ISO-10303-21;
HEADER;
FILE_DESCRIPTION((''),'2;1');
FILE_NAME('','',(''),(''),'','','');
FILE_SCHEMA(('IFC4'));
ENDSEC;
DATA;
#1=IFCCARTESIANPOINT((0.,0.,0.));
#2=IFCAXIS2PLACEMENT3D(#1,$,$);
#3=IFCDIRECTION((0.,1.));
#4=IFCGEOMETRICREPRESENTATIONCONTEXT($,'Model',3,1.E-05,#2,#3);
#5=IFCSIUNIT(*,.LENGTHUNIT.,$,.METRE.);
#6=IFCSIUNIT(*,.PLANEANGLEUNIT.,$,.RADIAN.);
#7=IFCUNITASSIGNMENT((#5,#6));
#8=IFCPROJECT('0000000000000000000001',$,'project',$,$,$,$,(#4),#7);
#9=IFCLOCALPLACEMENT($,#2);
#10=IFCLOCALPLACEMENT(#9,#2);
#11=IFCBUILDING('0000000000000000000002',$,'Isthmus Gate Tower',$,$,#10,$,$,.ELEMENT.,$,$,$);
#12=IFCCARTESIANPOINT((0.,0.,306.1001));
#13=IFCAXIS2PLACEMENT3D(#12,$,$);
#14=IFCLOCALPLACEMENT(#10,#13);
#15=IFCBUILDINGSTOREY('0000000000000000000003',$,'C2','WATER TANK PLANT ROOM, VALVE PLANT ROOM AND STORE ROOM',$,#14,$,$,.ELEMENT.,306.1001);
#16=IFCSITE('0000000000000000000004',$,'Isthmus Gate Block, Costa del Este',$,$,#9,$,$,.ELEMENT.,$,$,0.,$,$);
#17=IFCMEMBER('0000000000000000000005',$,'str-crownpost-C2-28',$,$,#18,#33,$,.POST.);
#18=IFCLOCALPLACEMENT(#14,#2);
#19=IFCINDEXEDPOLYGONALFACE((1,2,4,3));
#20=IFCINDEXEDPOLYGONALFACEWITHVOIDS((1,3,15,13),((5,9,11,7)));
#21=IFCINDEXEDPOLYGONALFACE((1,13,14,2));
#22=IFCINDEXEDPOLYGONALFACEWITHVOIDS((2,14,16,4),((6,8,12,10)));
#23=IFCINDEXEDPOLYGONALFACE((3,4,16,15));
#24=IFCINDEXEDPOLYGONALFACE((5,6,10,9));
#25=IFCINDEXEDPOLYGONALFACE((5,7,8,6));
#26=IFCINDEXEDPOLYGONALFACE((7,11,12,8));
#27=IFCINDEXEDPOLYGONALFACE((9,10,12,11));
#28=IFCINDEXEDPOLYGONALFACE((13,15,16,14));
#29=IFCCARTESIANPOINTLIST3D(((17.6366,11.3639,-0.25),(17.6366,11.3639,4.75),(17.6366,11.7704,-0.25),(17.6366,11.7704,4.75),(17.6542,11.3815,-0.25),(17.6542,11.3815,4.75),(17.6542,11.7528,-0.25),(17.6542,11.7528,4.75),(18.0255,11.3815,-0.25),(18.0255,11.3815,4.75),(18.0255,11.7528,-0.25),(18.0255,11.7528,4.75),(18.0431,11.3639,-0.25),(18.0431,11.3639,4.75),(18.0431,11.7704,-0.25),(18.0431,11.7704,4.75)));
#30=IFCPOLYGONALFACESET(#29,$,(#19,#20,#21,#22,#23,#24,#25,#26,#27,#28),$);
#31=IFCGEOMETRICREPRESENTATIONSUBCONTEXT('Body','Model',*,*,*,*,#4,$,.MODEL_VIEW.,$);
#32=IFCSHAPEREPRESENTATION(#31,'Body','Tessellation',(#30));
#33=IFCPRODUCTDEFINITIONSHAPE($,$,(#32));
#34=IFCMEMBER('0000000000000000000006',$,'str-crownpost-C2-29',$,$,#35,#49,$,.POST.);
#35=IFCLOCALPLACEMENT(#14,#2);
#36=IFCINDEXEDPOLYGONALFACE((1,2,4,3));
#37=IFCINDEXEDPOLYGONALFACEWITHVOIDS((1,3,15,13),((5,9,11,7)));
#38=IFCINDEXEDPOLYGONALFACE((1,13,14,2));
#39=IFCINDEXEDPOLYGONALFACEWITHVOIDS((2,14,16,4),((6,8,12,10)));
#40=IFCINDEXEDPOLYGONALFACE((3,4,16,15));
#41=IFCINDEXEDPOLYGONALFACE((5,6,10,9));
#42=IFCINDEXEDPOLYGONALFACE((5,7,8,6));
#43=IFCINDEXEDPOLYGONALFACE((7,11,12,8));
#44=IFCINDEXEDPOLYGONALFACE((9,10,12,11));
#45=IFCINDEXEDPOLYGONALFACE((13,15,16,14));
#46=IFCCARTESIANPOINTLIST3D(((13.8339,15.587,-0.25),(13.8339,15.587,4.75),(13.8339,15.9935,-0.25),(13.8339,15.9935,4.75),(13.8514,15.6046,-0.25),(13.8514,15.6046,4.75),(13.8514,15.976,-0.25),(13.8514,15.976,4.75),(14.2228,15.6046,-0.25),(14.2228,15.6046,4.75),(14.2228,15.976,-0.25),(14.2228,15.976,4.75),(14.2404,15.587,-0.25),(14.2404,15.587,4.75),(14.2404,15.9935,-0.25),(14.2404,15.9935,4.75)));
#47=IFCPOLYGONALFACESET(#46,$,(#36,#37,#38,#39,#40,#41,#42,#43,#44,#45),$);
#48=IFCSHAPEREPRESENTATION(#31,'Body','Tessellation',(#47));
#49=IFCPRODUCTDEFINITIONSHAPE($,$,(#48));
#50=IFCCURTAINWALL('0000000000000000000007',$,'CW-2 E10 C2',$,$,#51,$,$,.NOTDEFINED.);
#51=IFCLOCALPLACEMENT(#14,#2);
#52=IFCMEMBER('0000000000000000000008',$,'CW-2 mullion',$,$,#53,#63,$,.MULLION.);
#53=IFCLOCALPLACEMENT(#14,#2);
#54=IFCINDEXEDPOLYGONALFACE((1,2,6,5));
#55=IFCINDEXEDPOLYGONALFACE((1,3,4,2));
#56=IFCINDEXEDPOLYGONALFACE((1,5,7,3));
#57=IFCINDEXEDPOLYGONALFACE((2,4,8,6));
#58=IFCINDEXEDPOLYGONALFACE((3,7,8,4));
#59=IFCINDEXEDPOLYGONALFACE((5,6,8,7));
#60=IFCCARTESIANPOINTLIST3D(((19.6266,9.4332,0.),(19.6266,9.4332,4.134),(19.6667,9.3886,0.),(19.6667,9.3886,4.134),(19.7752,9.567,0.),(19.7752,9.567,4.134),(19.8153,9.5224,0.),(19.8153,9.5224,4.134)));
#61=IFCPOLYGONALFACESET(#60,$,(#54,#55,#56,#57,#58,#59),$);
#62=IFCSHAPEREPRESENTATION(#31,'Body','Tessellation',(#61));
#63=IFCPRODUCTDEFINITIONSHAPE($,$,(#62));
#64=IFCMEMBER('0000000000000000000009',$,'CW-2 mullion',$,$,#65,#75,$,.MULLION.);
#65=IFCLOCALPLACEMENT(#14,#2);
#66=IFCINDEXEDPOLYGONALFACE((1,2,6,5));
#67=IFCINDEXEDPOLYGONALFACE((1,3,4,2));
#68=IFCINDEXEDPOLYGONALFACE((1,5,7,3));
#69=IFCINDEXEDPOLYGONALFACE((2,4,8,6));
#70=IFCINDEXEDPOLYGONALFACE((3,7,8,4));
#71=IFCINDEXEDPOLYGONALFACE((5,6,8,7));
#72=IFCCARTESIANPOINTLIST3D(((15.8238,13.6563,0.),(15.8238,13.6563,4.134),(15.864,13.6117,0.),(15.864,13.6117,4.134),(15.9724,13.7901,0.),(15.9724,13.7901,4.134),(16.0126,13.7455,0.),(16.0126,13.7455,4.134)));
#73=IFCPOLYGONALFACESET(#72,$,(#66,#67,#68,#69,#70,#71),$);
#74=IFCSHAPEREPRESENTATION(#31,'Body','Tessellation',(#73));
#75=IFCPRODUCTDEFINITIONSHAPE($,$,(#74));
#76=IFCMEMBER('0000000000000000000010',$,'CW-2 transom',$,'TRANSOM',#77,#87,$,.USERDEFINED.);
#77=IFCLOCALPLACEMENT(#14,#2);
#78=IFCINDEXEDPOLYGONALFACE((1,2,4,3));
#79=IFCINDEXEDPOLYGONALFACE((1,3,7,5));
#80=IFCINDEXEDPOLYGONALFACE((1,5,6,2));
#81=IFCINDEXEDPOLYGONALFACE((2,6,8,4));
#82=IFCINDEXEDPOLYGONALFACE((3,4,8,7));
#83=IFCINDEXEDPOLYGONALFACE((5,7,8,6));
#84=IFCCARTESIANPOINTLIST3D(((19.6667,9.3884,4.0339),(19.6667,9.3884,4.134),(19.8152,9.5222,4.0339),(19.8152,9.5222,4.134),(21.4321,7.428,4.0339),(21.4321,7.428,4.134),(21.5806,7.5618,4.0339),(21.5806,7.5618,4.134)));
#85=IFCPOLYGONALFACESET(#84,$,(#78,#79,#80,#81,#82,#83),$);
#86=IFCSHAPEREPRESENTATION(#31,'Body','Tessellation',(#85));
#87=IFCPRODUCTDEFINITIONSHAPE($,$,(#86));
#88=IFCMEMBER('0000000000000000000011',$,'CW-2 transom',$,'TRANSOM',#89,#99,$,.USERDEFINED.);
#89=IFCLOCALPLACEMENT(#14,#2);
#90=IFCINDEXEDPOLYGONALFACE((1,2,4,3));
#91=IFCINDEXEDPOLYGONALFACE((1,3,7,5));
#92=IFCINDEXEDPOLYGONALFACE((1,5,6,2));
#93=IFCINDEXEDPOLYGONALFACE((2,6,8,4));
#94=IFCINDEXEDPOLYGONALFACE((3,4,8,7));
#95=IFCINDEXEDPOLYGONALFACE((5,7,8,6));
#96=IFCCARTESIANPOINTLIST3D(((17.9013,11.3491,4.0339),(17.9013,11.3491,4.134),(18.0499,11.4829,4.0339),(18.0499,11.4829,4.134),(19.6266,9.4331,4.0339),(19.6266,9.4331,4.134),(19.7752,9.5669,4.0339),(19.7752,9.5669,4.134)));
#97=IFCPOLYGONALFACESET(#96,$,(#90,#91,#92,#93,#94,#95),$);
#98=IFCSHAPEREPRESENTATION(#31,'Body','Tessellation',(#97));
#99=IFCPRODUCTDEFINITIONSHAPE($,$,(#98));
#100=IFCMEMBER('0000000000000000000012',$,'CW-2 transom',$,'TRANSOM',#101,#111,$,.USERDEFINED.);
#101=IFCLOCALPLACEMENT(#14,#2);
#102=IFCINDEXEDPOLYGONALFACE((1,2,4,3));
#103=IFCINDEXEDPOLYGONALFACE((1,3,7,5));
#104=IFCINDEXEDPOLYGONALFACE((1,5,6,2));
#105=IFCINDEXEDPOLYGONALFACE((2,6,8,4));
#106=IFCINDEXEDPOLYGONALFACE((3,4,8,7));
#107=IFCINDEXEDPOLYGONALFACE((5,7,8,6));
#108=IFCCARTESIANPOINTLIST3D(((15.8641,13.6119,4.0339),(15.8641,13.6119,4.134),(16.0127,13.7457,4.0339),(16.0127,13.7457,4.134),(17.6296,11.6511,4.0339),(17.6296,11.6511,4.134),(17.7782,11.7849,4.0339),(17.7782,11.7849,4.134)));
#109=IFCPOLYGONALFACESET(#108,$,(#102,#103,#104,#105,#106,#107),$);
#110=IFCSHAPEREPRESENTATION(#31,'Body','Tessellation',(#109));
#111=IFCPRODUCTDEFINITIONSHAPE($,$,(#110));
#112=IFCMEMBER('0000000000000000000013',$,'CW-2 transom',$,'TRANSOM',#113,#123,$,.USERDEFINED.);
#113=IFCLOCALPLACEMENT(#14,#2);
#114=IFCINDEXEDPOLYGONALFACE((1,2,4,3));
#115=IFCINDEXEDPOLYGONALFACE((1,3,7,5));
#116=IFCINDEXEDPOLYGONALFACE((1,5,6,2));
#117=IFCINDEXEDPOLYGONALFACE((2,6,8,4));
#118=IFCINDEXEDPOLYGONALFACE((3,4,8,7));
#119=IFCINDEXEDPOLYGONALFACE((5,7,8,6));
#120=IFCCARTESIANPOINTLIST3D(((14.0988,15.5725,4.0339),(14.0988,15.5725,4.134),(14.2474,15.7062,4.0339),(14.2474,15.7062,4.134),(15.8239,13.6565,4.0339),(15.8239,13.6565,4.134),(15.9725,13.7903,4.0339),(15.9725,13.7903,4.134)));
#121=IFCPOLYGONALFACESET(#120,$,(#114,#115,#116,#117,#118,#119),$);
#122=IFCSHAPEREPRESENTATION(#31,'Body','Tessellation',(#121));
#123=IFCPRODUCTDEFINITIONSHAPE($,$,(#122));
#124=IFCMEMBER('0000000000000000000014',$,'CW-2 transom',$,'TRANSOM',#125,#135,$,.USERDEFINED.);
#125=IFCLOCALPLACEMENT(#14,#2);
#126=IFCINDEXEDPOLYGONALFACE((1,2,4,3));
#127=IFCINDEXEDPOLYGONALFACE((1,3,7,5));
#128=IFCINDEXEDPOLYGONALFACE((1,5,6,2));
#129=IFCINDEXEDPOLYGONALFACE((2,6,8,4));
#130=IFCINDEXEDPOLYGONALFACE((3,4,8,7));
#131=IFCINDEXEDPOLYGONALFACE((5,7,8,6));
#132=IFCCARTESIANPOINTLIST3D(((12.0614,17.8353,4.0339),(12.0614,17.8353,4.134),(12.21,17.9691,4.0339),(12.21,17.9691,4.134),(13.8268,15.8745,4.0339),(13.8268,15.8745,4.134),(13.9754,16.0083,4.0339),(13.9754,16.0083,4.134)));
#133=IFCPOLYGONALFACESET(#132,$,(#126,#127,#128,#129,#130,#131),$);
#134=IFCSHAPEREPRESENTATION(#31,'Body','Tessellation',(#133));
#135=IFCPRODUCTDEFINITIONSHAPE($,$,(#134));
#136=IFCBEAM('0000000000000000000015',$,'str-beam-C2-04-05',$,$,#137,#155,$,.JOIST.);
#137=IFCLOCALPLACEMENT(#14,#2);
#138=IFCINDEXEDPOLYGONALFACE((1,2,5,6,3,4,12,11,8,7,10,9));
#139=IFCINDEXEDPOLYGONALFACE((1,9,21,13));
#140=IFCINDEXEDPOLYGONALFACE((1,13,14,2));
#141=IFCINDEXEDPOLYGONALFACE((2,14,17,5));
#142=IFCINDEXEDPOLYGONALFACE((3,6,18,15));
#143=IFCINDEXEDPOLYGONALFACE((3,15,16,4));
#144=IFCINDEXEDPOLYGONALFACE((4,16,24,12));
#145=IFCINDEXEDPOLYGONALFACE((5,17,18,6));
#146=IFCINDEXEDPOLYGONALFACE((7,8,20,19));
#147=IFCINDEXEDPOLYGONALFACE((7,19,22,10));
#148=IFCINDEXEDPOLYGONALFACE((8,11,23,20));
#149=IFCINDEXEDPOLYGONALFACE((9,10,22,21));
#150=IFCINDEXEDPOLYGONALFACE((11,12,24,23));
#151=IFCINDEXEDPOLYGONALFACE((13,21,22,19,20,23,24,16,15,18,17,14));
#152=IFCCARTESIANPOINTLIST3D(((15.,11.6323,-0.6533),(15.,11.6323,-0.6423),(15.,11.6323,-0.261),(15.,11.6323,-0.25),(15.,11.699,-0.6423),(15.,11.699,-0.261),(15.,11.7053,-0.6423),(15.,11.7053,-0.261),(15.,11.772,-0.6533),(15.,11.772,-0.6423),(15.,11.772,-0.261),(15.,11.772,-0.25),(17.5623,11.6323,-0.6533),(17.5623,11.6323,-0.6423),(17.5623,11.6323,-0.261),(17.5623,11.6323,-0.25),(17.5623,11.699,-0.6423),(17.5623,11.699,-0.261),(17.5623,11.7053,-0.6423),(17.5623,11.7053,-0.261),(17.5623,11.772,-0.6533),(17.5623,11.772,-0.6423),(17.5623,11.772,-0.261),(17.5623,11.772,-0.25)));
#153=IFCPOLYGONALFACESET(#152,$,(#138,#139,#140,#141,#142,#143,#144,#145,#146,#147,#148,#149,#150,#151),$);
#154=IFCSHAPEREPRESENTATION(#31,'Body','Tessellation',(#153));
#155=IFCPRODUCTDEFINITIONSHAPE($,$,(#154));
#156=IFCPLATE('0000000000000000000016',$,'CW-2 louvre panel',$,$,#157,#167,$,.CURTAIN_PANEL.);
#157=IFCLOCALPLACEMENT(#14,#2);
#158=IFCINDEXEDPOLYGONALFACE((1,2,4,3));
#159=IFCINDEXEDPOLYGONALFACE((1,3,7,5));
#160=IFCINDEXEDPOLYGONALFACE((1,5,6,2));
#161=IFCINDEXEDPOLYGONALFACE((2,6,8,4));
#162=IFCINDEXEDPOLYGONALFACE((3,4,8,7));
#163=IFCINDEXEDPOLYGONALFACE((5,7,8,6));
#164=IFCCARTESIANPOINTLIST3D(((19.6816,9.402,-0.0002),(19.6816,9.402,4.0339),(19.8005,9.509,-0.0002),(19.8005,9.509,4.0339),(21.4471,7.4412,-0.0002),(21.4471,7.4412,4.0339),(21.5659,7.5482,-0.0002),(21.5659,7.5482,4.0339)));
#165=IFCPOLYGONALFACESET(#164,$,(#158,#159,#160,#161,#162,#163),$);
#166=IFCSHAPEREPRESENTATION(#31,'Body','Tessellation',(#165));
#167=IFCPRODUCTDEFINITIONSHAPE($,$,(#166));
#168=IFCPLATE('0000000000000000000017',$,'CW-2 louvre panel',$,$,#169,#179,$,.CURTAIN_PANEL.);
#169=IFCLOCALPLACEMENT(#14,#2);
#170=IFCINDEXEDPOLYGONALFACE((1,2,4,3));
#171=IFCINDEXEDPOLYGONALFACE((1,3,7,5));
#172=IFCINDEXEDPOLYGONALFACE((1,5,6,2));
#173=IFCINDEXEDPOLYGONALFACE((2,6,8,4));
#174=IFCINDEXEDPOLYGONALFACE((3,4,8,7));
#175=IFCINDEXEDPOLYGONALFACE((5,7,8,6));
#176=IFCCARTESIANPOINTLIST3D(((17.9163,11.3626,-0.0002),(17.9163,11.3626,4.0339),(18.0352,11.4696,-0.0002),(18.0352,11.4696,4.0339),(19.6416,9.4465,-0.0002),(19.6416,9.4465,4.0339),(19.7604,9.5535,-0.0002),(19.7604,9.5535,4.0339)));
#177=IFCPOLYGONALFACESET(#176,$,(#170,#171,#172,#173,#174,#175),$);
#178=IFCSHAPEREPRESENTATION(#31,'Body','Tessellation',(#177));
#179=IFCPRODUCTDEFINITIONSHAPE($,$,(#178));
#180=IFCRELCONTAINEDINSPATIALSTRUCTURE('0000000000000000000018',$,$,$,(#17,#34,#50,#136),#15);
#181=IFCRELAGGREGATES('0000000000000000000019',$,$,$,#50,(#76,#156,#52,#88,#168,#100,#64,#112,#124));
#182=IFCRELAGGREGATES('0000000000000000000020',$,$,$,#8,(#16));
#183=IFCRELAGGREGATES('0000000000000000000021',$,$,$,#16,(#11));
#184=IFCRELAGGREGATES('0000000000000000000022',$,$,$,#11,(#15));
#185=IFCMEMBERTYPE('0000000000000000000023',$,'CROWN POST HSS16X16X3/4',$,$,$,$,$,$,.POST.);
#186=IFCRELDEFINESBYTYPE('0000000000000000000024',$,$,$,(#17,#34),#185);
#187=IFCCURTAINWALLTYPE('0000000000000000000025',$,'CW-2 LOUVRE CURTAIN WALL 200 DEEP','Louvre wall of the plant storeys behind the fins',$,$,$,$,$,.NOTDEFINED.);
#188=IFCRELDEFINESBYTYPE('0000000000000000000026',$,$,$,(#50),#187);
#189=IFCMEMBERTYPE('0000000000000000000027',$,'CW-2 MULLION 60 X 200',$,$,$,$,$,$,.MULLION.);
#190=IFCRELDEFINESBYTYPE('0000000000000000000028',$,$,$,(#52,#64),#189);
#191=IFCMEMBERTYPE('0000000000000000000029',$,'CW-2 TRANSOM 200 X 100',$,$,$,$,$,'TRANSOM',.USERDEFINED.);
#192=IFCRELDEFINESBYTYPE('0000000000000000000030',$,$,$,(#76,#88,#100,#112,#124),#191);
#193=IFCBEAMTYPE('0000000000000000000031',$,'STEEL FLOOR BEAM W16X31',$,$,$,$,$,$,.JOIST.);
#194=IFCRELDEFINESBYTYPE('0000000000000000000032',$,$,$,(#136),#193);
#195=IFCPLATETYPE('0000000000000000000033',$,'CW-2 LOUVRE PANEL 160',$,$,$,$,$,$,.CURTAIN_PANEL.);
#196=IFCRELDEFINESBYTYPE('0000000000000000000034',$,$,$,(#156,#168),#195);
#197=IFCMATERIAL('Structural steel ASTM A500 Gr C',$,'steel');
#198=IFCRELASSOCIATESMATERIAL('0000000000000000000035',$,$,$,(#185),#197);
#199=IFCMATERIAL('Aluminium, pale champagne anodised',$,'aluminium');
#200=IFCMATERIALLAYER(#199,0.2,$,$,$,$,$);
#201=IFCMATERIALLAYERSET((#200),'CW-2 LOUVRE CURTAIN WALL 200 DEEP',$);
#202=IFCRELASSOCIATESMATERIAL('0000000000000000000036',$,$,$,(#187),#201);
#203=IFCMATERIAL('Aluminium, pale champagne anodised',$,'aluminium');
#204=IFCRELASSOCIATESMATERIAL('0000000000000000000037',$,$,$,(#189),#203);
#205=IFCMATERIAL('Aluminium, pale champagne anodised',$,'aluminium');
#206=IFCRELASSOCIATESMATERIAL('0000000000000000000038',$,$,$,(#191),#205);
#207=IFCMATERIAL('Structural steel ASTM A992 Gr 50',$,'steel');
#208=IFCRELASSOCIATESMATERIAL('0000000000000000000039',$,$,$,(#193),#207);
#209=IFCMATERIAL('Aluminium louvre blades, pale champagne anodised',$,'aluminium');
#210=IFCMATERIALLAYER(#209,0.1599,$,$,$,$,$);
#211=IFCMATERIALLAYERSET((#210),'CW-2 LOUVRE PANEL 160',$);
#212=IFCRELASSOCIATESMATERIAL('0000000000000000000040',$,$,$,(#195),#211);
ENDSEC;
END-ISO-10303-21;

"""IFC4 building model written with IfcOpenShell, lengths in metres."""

from ifc_helpers import new_model, si_unit, direction, frame, origin, origin_2d, place, context, subcontext, project, spatial, rectangle, hollow_rectangle, i_section, extrude, material, layer, layer_set, material_profile, profile_set, type_object, element, aggregate, save


model = new_model("IFC4")

# Units and contexts
model_context = context("Model", 3, precision=1e-05, world=origin(), true_north=direction((0.0, 1.0)))
body_context = subcontext(model_context, "Body", "Model", "MODEL_VIEW")
ifc_project = project(units=[si_unit("LENGTHUNIT", "METRE"), si_unit("PLANEANGLEUNIT", "RADIAN")], contexts=[model_context])

# Site, building, storey
site_placement = place(None, origin())
site = spatial("IfcSite", under=ifc_project, at=site_placement, Name="Isthmus Gate Block, Costa del Este", CompositionType="ELEMENT", RefElevation=0.0)
building_placement = place(site_placement, origin())
building = spatial("IfcBuilding", under=site, at=building_placement, Name="Isthmus Gate Tower", CompositionType="ELEMENT")
storey_placement = place(building_placement, frame((0.0, 0.0, 306.1001)))
storey = spatial("IfcBuildingStorey", under=building, at=storey_placement, Name="C2", Description="WATER TANK PLANT ROOM, VALVE PLANT ROOM AND STORE ROOM", CompositionType="ELEMENT", Elevation=306.1001)

# Members
ifc_material_1 = material(Name="Structural steel ASTM A500 Gr C", Category="steel")
ifc_material_profile_1 = material_profile(ifc_material_1, hollow_rectangle(XDim=0.4065, YDim=0.4065, WallThickness=0.0176, at=origin_2d()), Name="HSS16X16X3/4")
ifc_profile_set_1 = profile_set([ifc_material_profile_1], Name="Structural steel ASTM A500 Gr C")
member_type_1 = type_object("IfcMemberType", Name="CROWN POST HSS16X16X3/4", PredefinedType="POST", material=ifc_profile_set_1)
for number, where, z_axis, x_axis, name in (
    (1, (17.8398, 11.5671, -0.25), (0.0, 0.0, 1.0), (1.0, 0.0, 0.0), "str-crownpost-C2-28"),
    (2, (14.0371, 15.7903, -0.25), (0.0, 0.0, 1.0), (1.0, 0.0, 0.0), "str-crownpost-C2-29"),
):
    element("IfcMember", number, at=place(storey_placement, frame(where, z_axis=z_axis, x_axis=x_axis)), inside=storey, type_object=member_type_1, Name=name, PredefinedType="POST", context=body_context, shape_type="SweptSolid", body=[
        extrude(hollow_rectangle(XDim=0.4065, YDim=0.4065, WallThickness=0.0176, at=origin_2d()), origin(), (0.0, 0.0, 1.0), 5.0),
    ])

# Curtain wall, members
ifc_material_2 = material(Name="Aluminium, pale champagne anodised", Category="aluminium")
ifc_layer_1 = layer(ifc_material_2, 0.2)
ifc_layer_set_1 = layer_set([ifc_layer_1], Name="CW-2 LOUVRE CURTAIN WALL 200 DEEP")
curtain_wall_type = type_object("IfcCurtainWallType", Name="CW-2 LOUVRE CURTAIN WALL 200 DEEP", Description="Louvre wall of the plant storeys behind the fins", PredefinedType="NOTDEFINED", material=ifc_layer_set_1)
curtain_wall_placement = place(storey_placement, origin())
curtain_wall = element("IfcCurtainWall", 3, at=curtain_wall_placement, inside=storey, type_object=curtain_wall_type, Name="CW-2 E10 C2", PredefinedType="NOTDEFINED")
ifc_material_3 = material(Name="Aluminium, pale champagne anodised", Category="aluminium")
ifc_material_profile_2 = material_profile(ifc_material_3, rectangle(XDim=0.0601, YDim=0.2, at=origin_2d()), Name="60x200")
ifc_profile_set_2 = profile_set([ifc_material_profile_2], Name="Aluminium, pale champagne anodised")
member_type_2 = type_object("IfcMemberType", Name="CW-2 MULLION 60 X 200", PredefinedType="MULLION", material=ifc_profile_set_2)
member_1_placement = place(storey_placement, frame((19.7209, 9.4778, 0.0), z_axis=(0.0, 0.0, 1.0), x_axis=(-0.669131, 0.743145, 0.0)))
member_1 = element("IfcMember", 4, at=member_1_placement, type_object=member_type_2, Name="CW-2 mullion", PredefinedType="MULLION", context=body_context, shape_type="SweptSolid", body=[
    extrude(rectangle(XDim=0.0601, YDim=0.2, at=origin_2d()), origin(), (0.0, 0.0, 1.0), 4.134),
])
member_2_placement = place(storey_placement, frame((15.9182, 13.7009, 0.0), z_axis=(0.0, 0.0, 1.0), x_axis=(-0.669131, 0.743145, 0.0)))
member_2 = element("IfcMember", 5, at=member_2_placement, type_object=member_type_2, Name="CW-2 mullion", PredefinedType="MULLION", context=body_context, shape_type="SweptSolid", body=[
    extrude(rectangle(XDim=0.0601, YDim=0.2, at=origin_2d()), origin(), (0.0, 0.0, 1.0), 4.134),
])
ifc_material_4 = material(Name="Aluminium, pale champagne anodised", Category="aluminium")
ifc_material_profile_3 = material_profile(ifc_material_4, rectangle(XDim=0.2, YDim=0.1001, at=origin_2d()), Name="200x100")
ifc_profile_set_3 = profile_set([ifc_material_profile_3], Name="Aluminium, pale champagne anodised")
member_type_3 = type_object("IfcMemberType", Name="CW-2 TRANSOM 200 X 100", ElementType="TRANSOM", PredefinedType="USERDEFINED", material=ifc_profile_set_3)
member_3_placement = place(storey_placement, frame((21.5063, 7.4949, 4.084), z_axis=(-0.669169, 0.74311, 0.0), x_axis=(-0.74311, -0.669169, 0.0)))
member_3 = element("IfcMember", 6, at=member_3_placement, type_object=member_type_3, Name="CW-2 transom", ObjectType="TRANSOM", PredefinedType="USERDEFINED", context=body_context, shape_type="SweptSolid", body=[
    extrude(rectangle(XDim=0.2, YDim=0.1001, at=origin_2d()), origin(), (0.0, 0.0, 1.0), 2.6382),
])
member_4_placement = place(storey_placement, frame((19.7009, 9.5, 4.084), z_axis=(-0.669164, 0.743115, 0.0), x_axis=(-0.743115, -0.669164, 0.0)))
member_4 = element("IfcMember", 7, at=member_4_placement, type_object=member_type_3, Name="CW-2 transom", ObjectType="TRANSOM", PredefinedType="USERDEFINED", context=body_context, shape_type="SweptSolid", body=[
    extrude(rectangle(XDim=0.2, YDim=0.1001, at=origin_2d()), origin(), (0.0, 0.0, 1.0), 2.5784),
])
member_5_placement = place(storey_placement, frame((17.7039, 11.718, 4.084), z_axis=(-0.669123, 0.743151, 0.0), x_axis=(-0.743151, -0.669123, 0.0)))
member_5 = element("IfcMember", 8, at=member_5_placement, type_object=member_type_3, Name="CW-2 transom", ObjectType="TRANSOM", PredefinedType="USERDEFINED", context=body_context, shape_type="SweptSolid", body=[
    extrude(rectangle(XDim=0.2, YDim=0.1001, at=origin_2d()), origin(), (0.0, 0.0, 1.0), 2.6384),
])
member_6_placement = place(storey_placement, frame((15.8982, 13.7234, 4.084), z_axis=(-0.669111, 0.743162, 0.0), x_axis=(-0.743162, -0.669111, 0.0)))
member_6 = element("IfcMember", 9, at=member_6_placement, type_object=member_type_3, Name="CW-2 transom", ObjectType="TRANSOM", PredefinedType="USERDEFINED", context=body_context, shape_type="SweptSolid", body=[
    extrude(rectangle(XDim=0.2, YDim=0.1001, at=origin_2d()), origin(), (0.0, 0.0, 1.0), 2.5781),
])
member_7_placement = place(storey_placement, frame((13.9011, 15.9414, 4.084), z_axis=(-0.669123, 0.743151, 0.0), x_axis=(-0.743151, -0.669123, 0.0)))
member_7 = element("IfcMember", 10, at=member_7_placement, type_object=member_type_3, Name="CW-2 transom", ObjectType="TRANSOM", PredefinedType="USERDEFINED", context=body_context, shape_type="SweptSolid", body=[
    extrude(rectangle(XDim=0.2, YDim=0.1001, at=origin_2d()), origin(), (0.0, 0.0, 1.0), 2.6384),
])

# Beam
ifc_material_5 = material(Name="Structural steel ASTM A992 Gr 50", Category="steel")
ifc_material_profile_4 = material_profile(ifc_material_5, i_section(OverallWidth=0.1396, OverallDepth=0.4033, WebThickness=0.0063, FlangeThickness=0.011, at=origin_2d()), Name="W16X31")
ifc_profile_set_4 = profile_set([ifc_material_profile_4], Name="Structural steel ASTM A992 Gr 50")
beam_type = type_object("IfcBeamType", Name="STEEL FLOOR BEAM W16X31", PredefinedType="JOIST", material=ifc_profile_set_4)
beam_placement = place(storey_placement, frame((15.0, 11.7021, -0.4517), z_axis=(1.0, 0.0, 0.0), x_axis=(0.0, 1.0, 0.0)))
element("IfcBeam", 11, at=beam_placement, inside=storey, type_object=beam_type, Name="str-beam-C2-04-05", PredefinedType="JOIST", context=body_context, shape_type="SweptSolid", body=[
    extrude(i_section(OverallWidth=0.1396, OverallDepth=0.4033, WebThickness=0.0063, FlangeThickness=0.011, at=origin_2d()), origin(), (0.0, 0.0, 1.0), 2.5623),
])

# Plates
ifc_material_6 = material(Name="Aluminium louvre blades, pale champagne anodised", Category="aluminium")
ifc_layer_2 = layer(ifc_material_6, 0.1599)
ifc_layer_set_2 = layer_set([ifc_layer_2], Name="CW-2 LOUVRE PANEL 160")
plate_type = type_object("IfcPlateType", Name="CW-2 LOUVRE PANEL 160", PredefinedType="CURTAIN_PANEL", material=ifc_layer_set_2)
plate_1_placement = place(storey_placement, frame((20.6238, 8.4751, -0.0002), z_axis=(0.0, 0.0, 1.0), x_axis=(-0.669131, 0.743145, 0.0)))
plate_1 = element("IfcPlate", 12, at=plate_1_placement, type_object=plate_type, Name="CW-2 louvre panel", PredefinedType="CURTAIN_PANEL", context=body_context, shape_type="SweptSolid", body=[
    extrude(rectangle(XDim=2.6384, YDim=0.1599, at=origin_2d()), origin(), (0.0, 0.0, 1.0), 4.0342),
])
plate_2_placement = place(storey_placement, frame((18.8384, 10.458, -0.0002), z_axis=(0.0, 0.0, 1.0), x_axis=(-0.669131, 0.743145, 0.0)))
plate_2 = element("IfcPlate", 13, at=plate_2_placement, type_object=plate_type, Name="CW-2 louvre panel", PredefinedType="CURTAIN_PANEL", context=body_context, shape_type="SweptSolid", body=[
    extrude(rectangle(XDim=2.5784, YDim=0.1599, at=origin_2d()), origin(), (0.0, 0.0, 1.0), 4.0342),
])
aggregate(curtain_wall, [member_3, plate_1, member_1, member_4, plate_2, member_5, member_2, member_6, member_7])

save(model, "model.ifc")
